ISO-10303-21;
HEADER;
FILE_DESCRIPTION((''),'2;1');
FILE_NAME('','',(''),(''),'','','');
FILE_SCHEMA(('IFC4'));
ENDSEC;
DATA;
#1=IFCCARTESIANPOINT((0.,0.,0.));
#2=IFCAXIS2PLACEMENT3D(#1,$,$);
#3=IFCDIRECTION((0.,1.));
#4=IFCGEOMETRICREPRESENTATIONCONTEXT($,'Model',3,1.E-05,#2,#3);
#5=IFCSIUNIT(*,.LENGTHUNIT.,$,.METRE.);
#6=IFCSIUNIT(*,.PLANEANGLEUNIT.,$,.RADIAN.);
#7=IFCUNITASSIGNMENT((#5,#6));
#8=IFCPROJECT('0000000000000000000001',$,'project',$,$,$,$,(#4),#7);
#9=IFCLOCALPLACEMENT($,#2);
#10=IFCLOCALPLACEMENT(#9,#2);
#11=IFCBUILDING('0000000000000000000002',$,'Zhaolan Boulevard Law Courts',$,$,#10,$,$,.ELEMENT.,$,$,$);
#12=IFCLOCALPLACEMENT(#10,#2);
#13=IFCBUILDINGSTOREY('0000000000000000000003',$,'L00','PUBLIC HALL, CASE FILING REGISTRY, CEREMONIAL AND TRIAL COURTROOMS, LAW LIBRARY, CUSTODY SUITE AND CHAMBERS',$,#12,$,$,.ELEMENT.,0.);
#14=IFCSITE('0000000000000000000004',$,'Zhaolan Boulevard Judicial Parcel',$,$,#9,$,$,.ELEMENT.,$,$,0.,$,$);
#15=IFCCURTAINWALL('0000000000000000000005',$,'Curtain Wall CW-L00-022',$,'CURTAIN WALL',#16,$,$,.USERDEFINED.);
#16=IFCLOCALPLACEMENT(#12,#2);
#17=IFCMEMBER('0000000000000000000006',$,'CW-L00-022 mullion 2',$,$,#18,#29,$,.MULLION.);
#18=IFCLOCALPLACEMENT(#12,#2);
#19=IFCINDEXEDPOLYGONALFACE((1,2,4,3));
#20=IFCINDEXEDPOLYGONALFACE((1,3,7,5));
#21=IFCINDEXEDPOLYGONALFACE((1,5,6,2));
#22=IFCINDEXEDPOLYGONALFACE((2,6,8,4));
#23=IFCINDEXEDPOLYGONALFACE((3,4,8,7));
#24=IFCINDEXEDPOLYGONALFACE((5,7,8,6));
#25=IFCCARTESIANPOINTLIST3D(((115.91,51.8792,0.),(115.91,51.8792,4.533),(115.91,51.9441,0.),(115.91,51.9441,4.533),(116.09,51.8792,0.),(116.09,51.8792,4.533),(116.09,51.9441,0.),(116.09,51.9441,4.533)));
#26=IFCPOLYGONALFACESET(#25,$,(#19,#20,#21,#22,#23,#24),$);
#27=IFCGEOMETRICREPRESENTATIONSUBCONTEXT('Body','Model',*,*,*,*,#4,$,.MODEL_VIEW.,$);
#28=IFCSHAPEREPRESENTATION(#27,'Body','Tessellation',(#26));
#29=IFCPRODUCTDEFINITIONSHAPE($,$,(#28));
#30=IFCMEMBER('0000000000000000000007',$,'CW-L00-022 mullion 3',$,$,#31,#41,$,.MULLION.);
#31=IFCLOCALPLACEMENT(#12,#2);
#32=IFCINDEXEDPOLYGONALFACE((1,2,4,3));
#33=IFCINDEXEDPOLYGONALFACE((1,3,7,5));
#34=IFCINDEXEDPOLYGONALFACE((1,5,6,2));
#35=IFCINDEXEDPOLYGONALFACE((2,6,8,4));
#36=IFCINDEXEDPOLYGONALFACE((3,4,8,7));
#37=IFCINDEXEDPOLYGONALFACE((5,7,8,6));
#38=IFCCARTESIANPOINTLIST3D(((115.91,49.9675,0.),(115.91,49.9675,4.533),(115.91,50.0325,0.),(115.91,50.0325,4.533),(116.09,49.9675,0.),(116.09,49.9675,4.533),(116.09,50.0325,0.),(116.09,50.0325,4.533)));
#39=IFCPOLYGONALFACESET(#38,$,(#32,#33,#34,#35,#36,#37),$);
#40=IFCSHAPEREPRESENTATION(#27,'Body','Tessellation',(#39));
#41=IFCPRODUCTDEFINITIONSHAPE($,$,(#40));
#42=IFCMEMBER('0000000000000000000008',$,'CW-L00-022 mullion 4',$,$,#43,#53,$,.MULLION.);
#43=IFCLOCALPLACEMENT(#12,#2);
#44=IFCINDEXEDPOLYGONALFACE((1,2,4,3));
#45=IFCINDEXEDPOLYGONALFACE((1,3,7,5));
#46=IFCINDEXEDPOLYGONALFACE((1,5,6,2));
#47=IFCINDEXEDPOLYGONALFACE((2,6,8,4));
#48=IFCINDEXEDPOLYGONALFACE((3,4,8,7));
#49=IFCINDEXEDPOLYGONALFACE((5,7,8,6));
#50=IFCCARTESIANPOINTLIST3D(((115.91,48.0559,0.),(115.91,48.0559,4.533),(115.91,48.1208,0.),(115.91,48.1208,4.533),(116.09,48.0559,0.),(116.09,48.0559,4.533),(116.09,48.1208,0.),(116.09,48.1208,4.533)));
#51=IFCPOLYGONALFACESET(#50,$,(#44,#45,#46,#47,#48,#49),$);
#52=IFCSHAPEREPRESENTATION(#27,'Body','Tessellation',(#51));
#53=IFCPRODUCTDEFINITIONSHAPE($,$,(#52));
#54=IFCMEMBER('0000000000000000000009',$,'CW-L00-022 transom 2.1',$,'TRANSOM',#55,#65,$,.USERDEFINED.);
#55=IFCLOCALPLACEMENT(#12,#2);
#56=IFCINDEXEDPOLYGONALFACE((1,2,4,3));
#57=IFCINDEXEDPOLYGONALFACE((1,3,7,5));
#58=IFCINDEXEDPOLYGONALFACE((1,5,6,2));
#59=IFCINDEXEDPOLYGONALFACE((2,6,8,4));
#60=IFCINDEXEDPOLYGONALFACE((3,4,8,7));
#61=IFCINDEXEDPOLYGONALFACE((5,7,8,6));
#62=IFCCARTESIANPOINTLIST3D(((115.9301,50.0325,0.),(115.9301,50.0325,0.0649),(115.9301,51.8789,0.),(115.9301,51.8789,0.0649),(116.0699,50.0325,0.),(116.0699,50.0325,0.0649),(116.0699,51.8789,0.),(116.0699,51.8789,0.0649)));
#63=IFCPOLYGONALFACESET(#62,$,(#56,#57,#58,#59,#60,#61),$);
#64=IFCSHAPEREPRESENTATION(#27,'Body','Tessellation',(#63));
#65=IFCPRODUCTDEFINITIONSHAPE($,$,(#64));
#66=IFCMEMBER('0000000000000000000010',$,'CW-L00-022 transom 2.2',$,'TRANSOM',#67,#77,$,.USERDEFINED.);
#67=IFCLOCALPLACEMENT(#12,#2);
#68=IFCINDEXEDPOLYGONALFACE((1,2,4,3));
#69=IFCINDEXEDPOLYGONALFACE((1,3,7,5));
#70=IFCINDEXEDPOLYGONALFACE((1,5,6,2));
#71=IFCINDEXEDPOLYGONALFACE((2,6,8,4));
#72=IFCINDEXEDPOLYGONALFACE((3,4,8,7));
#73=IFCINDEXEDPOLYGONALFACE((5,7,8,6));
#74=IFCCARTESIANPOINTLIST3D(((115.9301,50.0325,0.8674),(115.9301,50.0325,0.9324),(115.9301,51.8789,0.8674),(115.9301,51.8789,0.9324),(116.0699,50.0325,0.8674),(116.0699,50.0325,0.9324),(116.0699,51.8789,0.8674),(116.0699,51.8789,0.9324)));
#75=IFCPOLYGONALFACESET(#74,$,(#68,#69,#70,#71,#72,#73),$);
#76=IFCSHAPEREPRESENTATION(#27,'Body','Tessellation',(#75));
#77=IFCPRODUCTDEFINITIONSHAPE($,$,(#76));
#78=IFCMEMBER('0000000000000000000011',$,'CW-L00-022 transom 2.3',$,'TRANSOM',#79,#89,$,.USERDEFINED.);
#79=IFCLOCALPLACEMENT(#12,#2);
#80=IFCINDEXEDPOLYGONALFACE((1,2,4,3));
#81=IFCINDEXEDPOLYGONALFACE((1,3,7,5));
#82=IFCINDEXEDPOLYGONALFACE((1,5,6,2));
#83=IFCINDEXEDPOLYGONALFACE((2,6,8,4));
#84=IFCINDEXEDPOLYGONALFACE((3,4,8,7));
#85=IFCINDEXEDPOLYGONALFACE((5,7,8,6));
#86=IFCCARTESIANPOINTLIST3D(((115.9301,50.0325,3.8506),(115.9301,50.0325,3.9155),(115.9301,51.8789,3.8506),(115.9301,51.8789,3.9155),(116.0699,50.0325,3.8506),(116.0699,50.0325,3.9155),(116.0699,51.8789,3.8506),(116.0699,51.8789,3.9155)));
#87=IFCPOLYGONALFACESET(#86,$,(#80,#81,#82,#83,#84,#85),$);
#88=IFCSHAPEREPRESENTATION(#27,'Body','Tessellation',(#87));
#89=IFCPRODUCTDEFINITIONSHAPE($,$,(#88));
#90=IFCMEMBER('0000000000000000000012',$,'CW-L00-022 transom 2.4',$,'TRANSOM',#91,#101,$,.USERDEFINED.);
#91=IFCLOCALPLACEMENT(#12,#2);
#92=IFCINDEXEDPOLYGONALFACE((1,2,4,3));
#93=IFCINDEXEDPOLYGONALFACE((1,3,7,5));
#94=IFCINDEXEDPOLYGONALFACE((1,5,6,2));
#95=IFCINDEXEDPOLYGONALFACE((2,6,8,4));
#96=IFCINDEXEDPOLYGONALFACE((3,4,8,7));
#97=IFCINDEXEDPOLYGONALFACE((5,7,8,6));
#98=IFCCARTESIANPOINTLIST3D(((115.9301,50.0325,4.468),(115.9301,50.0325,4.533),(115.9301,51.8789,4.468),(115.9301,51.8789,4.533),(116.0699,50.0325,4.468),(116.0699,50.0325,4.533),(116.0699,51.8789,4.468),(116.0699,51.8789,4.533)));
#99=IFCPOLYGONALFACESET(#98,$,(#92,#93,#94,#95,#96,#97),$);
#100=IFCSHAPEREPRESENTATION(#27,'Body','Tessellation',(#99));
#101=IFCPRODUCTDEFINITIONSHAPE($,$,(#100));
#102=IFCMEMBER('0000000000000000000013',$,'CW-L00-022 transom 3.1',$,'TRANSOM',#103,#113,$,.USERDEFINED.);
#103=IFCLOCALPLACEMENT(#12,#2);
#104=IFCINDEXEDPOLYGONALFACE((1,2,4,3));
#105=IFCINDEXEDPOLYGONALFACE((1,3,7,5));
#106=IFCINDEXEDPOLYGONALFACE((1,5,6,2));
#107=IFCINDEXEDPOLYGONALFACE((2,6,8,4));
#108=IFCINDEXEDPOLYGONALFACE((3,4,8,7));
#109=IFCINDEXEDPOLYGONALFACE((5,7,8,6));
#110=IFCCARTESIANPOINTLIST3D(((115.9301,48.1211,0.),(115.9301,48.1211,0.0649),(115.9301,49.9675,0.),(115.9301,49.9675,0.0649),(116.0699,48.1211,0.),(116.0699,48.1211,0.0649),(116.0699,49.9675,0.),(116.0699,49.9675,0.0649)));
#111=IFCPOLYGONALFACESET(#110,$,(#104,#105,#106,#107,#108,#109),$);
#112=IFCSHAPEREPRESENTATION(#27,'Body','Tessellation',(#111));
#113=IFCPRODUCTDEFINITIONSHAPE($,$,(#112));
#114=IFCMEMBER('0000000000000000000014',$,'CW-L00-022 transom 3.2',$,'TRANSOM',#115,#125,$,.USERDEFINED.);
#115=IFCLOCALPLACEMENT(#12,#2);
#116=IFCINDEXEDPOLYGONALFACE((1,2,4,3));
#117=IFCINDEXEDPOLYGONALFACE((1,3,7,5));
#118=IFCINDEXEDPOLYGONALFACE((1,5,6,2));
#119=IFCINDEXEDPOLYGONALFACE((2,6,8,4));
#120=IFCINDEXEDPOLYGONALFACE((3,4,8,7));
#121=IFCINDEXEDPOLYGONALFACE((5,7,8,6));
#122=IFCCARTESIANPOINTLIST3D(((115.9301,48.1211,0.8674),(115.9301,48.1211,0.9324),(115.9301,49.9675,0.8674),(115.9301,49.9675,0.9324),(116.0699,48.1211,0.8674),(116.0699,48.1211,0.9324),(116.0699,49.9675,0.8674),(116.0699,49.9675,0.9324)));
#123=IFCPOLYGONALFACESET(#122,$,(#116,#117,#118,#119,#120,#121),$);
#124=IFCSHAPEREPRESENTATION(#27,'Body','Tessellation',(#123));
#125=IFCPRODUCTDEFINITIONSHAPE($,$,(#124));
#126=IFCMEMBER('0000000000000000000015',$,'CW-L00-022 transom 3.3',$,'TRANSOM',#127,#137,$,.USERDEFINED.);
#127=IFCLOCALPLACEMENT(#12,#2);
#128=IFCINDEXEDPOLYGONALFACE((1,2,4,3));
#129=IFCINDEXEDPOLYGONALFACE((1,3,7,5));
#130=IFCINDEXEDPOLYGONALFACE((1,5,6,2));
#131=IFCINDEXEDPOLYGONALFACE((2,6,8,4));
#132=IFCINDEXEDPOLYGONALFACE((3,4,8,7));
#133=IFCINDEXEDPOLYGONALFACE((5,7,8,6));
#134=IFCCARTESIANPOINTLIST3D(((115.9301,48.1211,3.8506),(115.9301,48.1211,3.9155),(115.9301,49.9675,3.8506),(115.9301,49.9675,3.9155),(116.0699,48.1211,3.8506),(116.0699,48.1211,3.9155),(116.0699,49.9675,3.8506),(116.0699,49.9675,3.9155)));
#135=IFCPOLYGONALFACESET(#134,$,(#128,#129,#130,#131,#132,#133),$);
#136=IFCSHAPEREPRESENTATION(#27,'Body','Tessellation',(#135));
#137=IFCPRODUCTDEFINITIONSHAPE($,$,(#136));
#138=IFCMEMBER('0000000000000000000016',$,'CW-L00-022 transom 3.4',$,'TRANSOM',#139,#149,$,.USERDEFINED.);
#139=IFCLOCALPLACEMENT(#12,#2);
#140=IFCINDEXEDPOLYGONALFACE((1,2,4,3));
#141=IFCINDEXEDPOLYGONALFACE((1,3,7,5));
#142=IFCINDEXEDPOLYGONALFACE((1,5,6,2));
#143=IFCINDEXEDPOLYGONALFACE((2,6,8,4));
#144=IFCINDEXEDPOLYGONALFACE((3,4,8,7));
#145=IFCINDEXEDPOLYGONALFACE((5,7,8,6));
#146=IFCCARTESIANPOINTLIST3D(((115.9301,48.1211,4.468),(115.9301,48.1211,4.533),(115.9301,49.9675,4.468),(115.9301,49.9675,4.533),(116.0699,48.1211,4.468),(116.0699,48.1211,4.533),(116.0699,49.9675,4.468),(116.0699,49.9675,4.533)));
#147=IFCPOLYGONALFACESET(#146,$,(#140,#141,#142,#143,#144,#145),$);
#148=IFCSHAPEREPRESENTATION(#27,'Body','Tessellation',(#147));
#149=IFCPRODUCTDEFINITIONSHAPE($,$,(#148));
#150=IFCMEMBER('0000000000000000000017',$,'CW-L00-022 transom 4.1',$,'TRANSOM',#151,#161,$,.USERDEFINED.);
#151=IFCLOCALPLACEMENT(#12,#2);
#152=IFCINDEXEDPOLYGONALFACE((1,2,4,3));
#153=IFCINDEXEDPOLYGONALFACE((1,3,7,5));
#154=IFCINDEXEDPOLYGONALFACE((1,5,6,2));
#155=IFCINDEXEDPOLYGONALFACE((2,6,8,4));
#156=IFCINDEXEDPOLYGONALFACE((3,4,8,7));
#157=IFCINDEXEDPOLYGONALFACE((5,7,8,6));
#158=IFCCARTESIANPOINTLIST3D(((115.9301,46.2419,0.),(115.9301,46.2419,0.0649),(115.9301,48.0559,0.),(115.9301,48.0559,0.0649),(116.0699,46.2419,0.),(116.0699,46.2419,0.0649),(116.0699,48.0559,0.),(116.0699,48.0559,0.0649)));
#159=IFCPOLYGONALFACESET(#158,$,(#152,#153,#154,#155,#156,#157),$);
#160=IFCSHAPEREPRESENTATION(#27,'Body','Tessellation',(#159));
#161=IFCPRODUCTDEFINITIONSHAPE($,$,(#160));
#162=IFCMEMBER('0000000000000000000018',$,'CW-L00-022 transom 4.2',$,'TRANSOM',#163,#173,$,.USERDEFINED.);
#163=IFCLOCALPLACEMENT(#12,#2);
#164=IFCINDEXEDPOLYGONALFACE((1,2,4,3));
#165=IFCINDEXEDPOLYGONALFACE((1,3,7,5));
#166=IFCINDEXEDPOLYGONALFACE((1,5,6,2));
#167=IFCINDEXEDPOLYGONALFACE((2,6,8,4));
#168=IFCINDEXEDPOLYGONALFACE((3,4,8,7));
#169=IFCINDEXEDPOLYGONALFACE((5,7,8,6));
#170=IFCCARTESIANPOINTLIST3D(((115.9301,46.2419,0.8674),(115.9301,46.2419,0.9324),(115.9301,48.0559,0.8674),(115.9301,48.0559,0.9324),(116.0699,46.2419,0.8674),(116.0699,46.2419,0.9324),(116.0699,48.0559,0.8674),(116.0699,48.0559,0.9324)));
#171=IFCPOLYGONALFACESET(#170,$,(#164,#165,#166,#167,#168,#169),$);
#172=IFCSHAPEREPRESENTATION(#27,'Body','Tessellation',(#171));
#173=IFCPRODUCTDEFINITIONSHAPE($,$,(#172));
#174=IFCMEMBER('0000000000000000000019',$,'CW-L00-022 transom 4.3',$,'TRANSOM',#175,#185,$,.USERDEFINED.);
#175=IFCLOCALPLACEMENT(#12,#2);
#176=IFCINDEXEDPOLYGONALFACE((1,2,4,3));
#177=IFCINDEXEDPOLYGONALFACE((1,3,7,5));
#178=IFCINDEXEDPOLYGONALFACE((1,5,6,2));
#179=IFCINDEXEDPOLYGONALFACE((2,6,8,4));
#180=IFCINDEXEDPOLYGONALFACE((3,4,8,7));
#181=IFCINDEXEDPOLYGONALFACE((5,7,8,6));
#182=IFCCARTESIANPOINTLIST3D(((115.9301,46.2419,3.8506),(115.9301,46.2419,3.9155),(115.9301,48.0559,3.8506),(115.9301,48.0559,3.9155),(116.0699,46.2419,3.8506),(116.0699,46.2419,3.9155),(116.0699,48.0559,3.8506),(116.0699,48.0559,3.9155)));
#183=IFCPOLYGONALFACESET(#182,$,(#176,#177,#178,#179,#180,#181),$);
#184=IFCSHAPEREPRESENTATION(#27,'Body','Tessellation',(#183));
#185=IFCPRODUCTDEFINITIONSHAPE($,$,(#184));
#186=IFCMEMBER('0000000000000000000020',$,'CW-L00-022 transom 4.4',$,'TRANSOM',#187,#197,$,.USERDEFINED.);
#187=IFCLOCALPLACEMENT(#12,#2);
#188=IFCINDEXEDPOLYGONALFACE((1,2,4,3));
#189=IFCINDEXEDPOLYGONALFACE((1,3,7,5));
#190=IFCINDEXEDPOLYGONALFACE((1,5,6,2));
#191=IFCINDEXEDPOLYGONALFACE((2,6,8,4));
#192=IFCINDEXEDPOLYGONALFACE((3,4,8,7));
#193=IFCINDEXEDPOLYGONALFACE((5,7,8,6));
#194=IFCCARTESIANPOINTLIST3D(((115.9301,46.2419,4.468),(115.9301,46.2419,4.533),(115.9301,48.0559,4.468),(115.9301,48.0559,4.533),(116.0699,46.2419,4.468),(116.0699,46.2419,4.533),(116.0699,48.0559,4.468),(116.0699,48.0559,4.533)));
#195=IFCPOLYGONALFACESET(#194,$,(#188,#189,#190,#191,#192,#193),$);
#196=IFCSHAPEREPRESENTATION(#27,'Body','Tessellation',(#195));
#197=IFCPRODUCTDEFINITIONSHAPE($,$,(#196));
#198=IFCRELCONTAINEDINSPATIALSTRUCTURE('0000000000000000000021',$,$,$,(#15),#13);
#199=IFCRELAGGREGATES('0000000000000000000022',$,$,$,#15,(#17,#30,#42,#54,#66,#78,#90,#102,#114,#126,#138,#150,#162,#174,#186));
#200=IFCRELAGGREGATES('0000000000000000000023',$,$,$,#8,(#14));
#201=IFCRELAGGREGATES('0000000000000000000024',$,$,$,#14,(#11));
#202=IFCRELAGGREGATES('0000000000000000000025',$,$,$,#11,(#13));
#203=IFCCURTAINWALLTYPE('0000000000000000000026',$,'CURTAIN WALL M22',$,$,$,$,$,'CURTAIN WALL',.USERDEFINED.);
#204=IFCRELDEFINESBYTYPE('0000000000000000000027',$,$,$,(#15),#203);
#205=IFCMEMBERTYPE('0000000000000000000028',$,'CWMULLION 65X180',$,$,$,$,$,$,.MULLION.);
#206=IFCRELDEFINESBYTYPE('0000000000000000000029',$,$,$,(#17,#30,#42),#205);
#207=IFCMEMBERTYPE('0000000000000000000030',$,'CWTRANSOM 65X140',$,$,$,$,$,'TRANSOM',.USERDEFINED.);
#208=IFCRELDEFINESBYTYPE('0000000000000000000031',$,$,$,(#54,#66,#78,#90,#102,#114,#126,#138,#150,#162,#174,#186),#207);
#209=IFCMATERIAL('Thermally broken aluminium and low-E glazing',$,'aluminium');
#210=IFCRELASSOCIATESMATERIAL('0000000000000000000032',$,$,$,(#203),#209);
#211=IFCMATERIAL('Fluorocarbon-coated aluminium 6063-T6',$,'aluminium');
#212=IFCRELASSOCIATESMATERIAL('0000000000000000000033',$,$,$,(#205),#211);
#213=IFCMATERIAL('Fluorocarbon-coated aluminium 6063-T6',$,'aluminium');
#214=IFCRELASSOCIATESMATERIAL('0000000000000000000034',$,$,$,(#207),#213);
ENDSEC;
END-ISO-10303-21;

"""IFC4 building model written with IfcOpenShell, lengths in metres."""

from ifc_helpers import new_model, si_unit, direction, frame, origin, origin_2d, place, context, subcontext, project, spatial, rectangle, extrude, material, material_profile, profile_set, type_object, element, aggregate, save


model = new_model("IFC4")

# Units and contexts
model_context = context("Model", 3, precision=1e-05, world=origin(), true_north=direction((0.0, 1.0)))
body_context = subcontext(model_context, "Body", "Model", "MODEL_VIEW")
ifc_project = project(units=[si_unit("LENGTHUNIT", "METRE"), si_unit("PLANEANGLEUNIT", "RADIAN")], contexts=[model_context])

# Site, building, storey
site_placement = place(None, origin())
site = spatial("IfcSite", under=ifc_project, at=site_placement, Name="Zhaolan Boulevard Judicial Parcel", CompositionType="ELEMENT", RefElevation=0.0)
building_placement = place(site_placement, origin())
building = spatial("IfcBuilding", under=site, at=building_placement, Name="Zhaolan Boulevard Law Courts", CompositionType="ELEMENT")
storey_placement = place(building_placement, origin())
storey = spatial("IfcBuildingStorey", under=building, at=storey_placement, Name="L00", Description="PUBLIC HALL, CASE FILING REGISTRY, CEREMONIAL AND TRIAL COURTROOMS, LAW LIBRARY, CUSTODY SUITE AND CHAMBERS", CompositionType="ELEMENT", Elevation=0.0)

# Curtain wall, members
ifc_material_1 = material(Name="Thermally broken aluminium and low-E glazing", Category="aluminium")
curtain_wall_type = type_object("IfcCurtainWallType", Name="CURTAIN WALL M22", ElementType="CURTAIN WALL", PredefinedType="USERDEFINED", material=ifc_material_1)
curtain_wall_placement = place(storey_placement, origin())
curtain_wall = element("IfcCurtainWall", 1, at=curtain_wall_placement, inside=storey, type_object=curtain_wall_type, Name="Curtain Wall CW-L00-022", ObjectType="CURTAIN WALL", PredefinedType="USERDEFINED")
ifc_material_2 = material(Name="Fluorocarbon-coated aluminium 6063-T6", Category="aluminium")
ifc_material_profile_1 = material_profile(ifc_material_2, rectangle(XDim=0.1799, YDim=0.0649, at=origin_2d()), Name="AL65x180")
ifc_profile_set_1 = profile_set([ifc_material_profile_1], Name="Fluorocarbon-coated aluminium 6063-T6")
member_type_1 = type_object("IfcMemberType", Name="CWMULLION 65X180", PredefinedType="MULLION", material=ifc_profile_set_1)
member_1_placement = place(storey_placement, frame((116.0, 51.9116, 0.0), z_axis=(0.0, 0.0, 1.0), x_axis=(1.0, 0.0, 0.0)))
member_1 = element("IfcMember", 2, at=member_1_placement, type_object=member_type_1, Name="CW-L00-022 mullion 2", PredefinedType="MULLION", context=body_context, shape_type="SweptSolid", body=[
    extrude(rectangle(XDim=0.1799, YDim=0.0649, at=origin_2d()), origin(), (0.0, 0.0, 1.0), 4.533),
])
member_2_placement = place(storey_placement, frame((116.0, 50.0, 0.0), z_axis=(0.0, 0.0, 1.0), x_axis=(1.0, 0.0, 0.0)))
member_2 = element("IfcMember", 3, at=member_2_placement, type_object=member_type_1, Name="CW-L00-022 mullion 3", PredefinedType="MULLION", context=body_context, shape_type="SweptSolid", body=[
    extrude(rectangle(XDim=0.1799, YDim=0.0649, at=origin_2d()), origin(), (0.0, 0.0, 1.0), 4.533),
])
member_3_placement = place(storey_placement, frame((116.0, 48.0884, 0.0), z_axis=(0.0, 0.0, 1.0), x_axis=(1.0, 0.0, 0.0)))
member_3 = element("IfcMember", 4, at=member_3_placement, type_object=member_type_1, Name="CW-L00-022 mullion 4", PredefinedType="MULLION", context=body_context, shape_type="SweptSolid", body=[
    extrude(rectangle(XDim=0.1799, YDim=0.0649, at=origin_2d()), origin(), (0.0, 0.0, 1.0), 4.533),
])
ifc_material_3 = material(Name="Fluorocarbon-coated aluminium 6063-T6", Category="aluminium")
ifc_material_profile_2 = material_profile(ifc_material_3, rectangle(XDim=0.1399, YDim=0.0649, at=origin_2d()), Name="AL65x140")
ifc_profile_set_2 = profile_set([ifc_material_profile_2], Name="Fluorocarbon-coated aluminium 6063-T6")
member_type_2 = type_object("IfcMemberType", Name="CWTRANSOM 65X140", ElementType="TRANSOM", PredefinedType="USERDEFINED", material=ifc_profile_set_2)
member_4_placement = place(storey_placement, frame((116.0, 51.8789, 0.0325), z_axis=(0.0, -1.0, 0.0), x_axis=(1.0, 0.0, 0.0)))
member_4 = element("IfcMember", 5, at=member_4_placement, type_object=member_type_2, Name="CW-L00-022 transom 2.1", ObjectType="TRANSOM", PredefinedType="USERDEFINED", context=body_context, shape_type="SweptSolid", body=[
    extrude(rectangle(XDim=0.1399, YDim=0.0649, at=origin_2d()), origin(), (0.0, 0.0, 1.0), 1.8464),
])
member_5_placement = place(storey_placement, frame((116.0, 51.8789, 0.8999), z_axis=(0.0, -1.0, 0.0), x_axis=(1.0, 0.0, 0.0)))
member_5 = element("IfcMember", 6, at=member_5_placement, type_object=member_type_2, Name="CW-L00-022 transom 2.2", ObjectType="TRANSOM", PredefinedType="USERDEFINED", context=body_context, shape_type="SweptSolid", body=[
    extrude(rectangle(XDim=0.1399, YDim=0.0649, at=origin_2d()), origin(), (0.0, 0.0, 1.0), 1.8464),
])
member_6_placement = place(storey_placement, frame((116.0, 51.8789, 3.8831), z_axis=(0.0, -1.0, 0.0), x_axis=(1.0, 0.0, 0.0)))
member_6 = element("IfcMember", 7, at=member_6_placement, type_object=member_type_2, Name="CW-L00-022 transom 2.3", ObjectType="TRANSOM", PredefinedType="USERDEFINED", context=body_context, shape_type="SweptSolid", body=[
    extrude(rectangle(XDim=0.1399, YDim=0.0649, at=origin_2d()), origin(), (0.0, 0.0, 1.0), 1.8464),
])
member_7_placement = place(storey_placement, frame((116.0, 51.8789, 4.5005), z_axis=(0.0, -1.0, 0.0), x_axis=(1.0, 0.0, 0.0)))
member_7 = element("IfcMember", 8, at=member_7_placement, type_object=member_type_2, Name="CW-L00-022 transom 2.4", ObjectType="TRANSOM", PredefinedType="USERDEFINED", context=body_context, shape_type="SweptSolid", body=[
    extrude(rectangle(XDim=0.1399, YDim=0.0649, at=origin_2d()), origin(), (0.0, 0.0, 1.0), 1.8464),
])
member_8_placement = place(storey_placement, frame((116.0, 49.9675, 0.0325), z_axis=(0.0, -1.0, 0.0), x_axis=(1.0, 0.0, 0.0)))
member_8 = element("IfcMember", 9, at=member_8_placement, type_object=member_type_2, Name="CW-L00-022 transom 3.1", ObjectType="TRANSOM", PredefinedType="USERDEFINED", context=body_context, shape_type="SweptSolid", body=[
    extrude(rectangle(XDim=0.1399, YDim=0.0649, at=origin_2d()), origin(), (0.0, 0.0, 1.0), 1.8464),
])
member_9_placement = place(storey_placement, frame((116.0, 49.9675, 0.8999), z_axis=(0.0, -1.0, 0.0), x_axis=(1.0, 0.0, 0.0)))
member_9 = element("IfcMember", 10, at=member_9_placement, type_object=member_type_2, Name="CW-L00-022 transom 3.2", ObjectType="TRANSOM", PredefinedType="USERDEFINED", context=body_context, shape_type="SweptSolid", body=[
    extrude(rectangle(XDim=0.1399, YDim=0.0649, at=origin_2d()), origin(), (0.0, 0.0, 1.0), 1.8464),
])
member_10_placement = place(storey_placement, frame((116.0, 49.9675, 3.8831), z_axis=(0.0, -1.0, 0.0), x_axis=(1.0, 0.0, 0.0)))
member_10 = element("IfcMember", 11, at=member_10_placement, type_object=member_type_2, Name="CW-L00-022 transom 3.3", ObjectType="TRANSOM", PredefinedType="USERDEFINED", context=body_context, shape_type="SweptSolid", body=[
    extrude(rectangle(XDim=0.1399, YDim=0.0649, at=origin_2d()), origin(), (0.0, 0.0, 1.0), 1.8464),
])
member_11_placement = place(storey_placement, frame((116.0, 49.9675, 4.5005), z_axis=(0.0, -1.0, 0.0), x_axis=(1.0, 0.0, 0.0)))
member_11 = element("IfcMember", 12, at=member_11_placement, type_object=member_type_2, Name="CW-L00-022 transom 3.4", ObjectType="TRANSOM", PredefinedType="USERDEFINED", context=body_context, shape_type="SweptSolid", body=[
    extrude(rectangle(XDim=0.1399, YDim=0.0649, at=origin_2d()), origin(), (0.0, 0.0, 1.0), 1.8464),
])
member_12_placement = place(storey_placement, frame((116.0, 48.0559, 0.0325), z_axis=(0.0, -1.0, 0.0), x_axis=(1.0, 0.0, 0.0)))
member_12 = element("IfcMember", 13, at=member_12_placement, type_object=member_type_2, Name="CW-L00-022 transom 4.1", ObjectType="TRANSOM", PredefinedType="USERDEFINED", context=body_context, shape_type="SweptSolid", body=[
    extrude(rectangle(XDim=0.1399, YDim=0.0649, at=origin_2d()), origin(), (0.0, 0.0, 1.0), 1.814),
])
member_13_placement = place(storey_placement, frame((116.0, 48.0559, 0.8999), z_axis=(0.0, -1.0, 0.0), x_axis=(1.0, 0.0, 0.0)))
member_13 = element("IfcMember", 14, at=member_13_placement, type_object=member_type_2, Name="CW-L00-022 transom 4.2", ObjectType="TRANSOM", PredefinedType="USERDEFINED", context=body_context, shape_type="SweptSolid", body=[
    extrude(rectangle(XDim=0.1399, YDim=0.0649, at=origin_2d()), origin(), (0.0, 0.0, 1.0), 1.814),
])
member_14_placement = place(storey_placement, frame((116.0, 48.0559, 3.8831), z_axis=(0.0, -1.0, 0.0), x_axis=(1.0, 0.0, 0.0)))
member_14 = element("IfcMember", 15, at=member_14_placement, type_object=member_type_2, Name="CW-L00-022 transom 4.3", ObjectType="TRANSOM", PredefinedType="USERDEFINED", context=body_context, shape_type="SweptSolid", body=[
    extrude(rectangle(XDim=0.1399, YDim=0.0649, at=origin_2d()), origin(), (0.0, 0.0, 1.0), 1.814),
])
member_15_placement = place(storey_placement, frame((116.0, 48.0559, 4.5005), z_axis=(0.0, -1.0, 0.0), x_axis=(1.0, 0.0, 0.0)))
member_15 = element("IfcMember", 16, at=member_15_placement, type_object=member_type_2, Name="CW-L00-022 transom 4.4", ObjectType="TRANSOM", PredefinedType="USERDEFINED", context=body_context, shape_type="SweptSolid", body=[
    extrude(rectangle(XDim=0.1399, YDim=0.0649, at=origin_2d()), origin(), (0.0, 0.0, 1.0), 1.814),
])
aggregate(curtain_wall, [member_1, member_2, member_3, member_4, member_5, member_6, member_7, member_8, member_9, member_10, member_11, member_12, member_13, member_14, member_15])

save(model, "model.ifc")
